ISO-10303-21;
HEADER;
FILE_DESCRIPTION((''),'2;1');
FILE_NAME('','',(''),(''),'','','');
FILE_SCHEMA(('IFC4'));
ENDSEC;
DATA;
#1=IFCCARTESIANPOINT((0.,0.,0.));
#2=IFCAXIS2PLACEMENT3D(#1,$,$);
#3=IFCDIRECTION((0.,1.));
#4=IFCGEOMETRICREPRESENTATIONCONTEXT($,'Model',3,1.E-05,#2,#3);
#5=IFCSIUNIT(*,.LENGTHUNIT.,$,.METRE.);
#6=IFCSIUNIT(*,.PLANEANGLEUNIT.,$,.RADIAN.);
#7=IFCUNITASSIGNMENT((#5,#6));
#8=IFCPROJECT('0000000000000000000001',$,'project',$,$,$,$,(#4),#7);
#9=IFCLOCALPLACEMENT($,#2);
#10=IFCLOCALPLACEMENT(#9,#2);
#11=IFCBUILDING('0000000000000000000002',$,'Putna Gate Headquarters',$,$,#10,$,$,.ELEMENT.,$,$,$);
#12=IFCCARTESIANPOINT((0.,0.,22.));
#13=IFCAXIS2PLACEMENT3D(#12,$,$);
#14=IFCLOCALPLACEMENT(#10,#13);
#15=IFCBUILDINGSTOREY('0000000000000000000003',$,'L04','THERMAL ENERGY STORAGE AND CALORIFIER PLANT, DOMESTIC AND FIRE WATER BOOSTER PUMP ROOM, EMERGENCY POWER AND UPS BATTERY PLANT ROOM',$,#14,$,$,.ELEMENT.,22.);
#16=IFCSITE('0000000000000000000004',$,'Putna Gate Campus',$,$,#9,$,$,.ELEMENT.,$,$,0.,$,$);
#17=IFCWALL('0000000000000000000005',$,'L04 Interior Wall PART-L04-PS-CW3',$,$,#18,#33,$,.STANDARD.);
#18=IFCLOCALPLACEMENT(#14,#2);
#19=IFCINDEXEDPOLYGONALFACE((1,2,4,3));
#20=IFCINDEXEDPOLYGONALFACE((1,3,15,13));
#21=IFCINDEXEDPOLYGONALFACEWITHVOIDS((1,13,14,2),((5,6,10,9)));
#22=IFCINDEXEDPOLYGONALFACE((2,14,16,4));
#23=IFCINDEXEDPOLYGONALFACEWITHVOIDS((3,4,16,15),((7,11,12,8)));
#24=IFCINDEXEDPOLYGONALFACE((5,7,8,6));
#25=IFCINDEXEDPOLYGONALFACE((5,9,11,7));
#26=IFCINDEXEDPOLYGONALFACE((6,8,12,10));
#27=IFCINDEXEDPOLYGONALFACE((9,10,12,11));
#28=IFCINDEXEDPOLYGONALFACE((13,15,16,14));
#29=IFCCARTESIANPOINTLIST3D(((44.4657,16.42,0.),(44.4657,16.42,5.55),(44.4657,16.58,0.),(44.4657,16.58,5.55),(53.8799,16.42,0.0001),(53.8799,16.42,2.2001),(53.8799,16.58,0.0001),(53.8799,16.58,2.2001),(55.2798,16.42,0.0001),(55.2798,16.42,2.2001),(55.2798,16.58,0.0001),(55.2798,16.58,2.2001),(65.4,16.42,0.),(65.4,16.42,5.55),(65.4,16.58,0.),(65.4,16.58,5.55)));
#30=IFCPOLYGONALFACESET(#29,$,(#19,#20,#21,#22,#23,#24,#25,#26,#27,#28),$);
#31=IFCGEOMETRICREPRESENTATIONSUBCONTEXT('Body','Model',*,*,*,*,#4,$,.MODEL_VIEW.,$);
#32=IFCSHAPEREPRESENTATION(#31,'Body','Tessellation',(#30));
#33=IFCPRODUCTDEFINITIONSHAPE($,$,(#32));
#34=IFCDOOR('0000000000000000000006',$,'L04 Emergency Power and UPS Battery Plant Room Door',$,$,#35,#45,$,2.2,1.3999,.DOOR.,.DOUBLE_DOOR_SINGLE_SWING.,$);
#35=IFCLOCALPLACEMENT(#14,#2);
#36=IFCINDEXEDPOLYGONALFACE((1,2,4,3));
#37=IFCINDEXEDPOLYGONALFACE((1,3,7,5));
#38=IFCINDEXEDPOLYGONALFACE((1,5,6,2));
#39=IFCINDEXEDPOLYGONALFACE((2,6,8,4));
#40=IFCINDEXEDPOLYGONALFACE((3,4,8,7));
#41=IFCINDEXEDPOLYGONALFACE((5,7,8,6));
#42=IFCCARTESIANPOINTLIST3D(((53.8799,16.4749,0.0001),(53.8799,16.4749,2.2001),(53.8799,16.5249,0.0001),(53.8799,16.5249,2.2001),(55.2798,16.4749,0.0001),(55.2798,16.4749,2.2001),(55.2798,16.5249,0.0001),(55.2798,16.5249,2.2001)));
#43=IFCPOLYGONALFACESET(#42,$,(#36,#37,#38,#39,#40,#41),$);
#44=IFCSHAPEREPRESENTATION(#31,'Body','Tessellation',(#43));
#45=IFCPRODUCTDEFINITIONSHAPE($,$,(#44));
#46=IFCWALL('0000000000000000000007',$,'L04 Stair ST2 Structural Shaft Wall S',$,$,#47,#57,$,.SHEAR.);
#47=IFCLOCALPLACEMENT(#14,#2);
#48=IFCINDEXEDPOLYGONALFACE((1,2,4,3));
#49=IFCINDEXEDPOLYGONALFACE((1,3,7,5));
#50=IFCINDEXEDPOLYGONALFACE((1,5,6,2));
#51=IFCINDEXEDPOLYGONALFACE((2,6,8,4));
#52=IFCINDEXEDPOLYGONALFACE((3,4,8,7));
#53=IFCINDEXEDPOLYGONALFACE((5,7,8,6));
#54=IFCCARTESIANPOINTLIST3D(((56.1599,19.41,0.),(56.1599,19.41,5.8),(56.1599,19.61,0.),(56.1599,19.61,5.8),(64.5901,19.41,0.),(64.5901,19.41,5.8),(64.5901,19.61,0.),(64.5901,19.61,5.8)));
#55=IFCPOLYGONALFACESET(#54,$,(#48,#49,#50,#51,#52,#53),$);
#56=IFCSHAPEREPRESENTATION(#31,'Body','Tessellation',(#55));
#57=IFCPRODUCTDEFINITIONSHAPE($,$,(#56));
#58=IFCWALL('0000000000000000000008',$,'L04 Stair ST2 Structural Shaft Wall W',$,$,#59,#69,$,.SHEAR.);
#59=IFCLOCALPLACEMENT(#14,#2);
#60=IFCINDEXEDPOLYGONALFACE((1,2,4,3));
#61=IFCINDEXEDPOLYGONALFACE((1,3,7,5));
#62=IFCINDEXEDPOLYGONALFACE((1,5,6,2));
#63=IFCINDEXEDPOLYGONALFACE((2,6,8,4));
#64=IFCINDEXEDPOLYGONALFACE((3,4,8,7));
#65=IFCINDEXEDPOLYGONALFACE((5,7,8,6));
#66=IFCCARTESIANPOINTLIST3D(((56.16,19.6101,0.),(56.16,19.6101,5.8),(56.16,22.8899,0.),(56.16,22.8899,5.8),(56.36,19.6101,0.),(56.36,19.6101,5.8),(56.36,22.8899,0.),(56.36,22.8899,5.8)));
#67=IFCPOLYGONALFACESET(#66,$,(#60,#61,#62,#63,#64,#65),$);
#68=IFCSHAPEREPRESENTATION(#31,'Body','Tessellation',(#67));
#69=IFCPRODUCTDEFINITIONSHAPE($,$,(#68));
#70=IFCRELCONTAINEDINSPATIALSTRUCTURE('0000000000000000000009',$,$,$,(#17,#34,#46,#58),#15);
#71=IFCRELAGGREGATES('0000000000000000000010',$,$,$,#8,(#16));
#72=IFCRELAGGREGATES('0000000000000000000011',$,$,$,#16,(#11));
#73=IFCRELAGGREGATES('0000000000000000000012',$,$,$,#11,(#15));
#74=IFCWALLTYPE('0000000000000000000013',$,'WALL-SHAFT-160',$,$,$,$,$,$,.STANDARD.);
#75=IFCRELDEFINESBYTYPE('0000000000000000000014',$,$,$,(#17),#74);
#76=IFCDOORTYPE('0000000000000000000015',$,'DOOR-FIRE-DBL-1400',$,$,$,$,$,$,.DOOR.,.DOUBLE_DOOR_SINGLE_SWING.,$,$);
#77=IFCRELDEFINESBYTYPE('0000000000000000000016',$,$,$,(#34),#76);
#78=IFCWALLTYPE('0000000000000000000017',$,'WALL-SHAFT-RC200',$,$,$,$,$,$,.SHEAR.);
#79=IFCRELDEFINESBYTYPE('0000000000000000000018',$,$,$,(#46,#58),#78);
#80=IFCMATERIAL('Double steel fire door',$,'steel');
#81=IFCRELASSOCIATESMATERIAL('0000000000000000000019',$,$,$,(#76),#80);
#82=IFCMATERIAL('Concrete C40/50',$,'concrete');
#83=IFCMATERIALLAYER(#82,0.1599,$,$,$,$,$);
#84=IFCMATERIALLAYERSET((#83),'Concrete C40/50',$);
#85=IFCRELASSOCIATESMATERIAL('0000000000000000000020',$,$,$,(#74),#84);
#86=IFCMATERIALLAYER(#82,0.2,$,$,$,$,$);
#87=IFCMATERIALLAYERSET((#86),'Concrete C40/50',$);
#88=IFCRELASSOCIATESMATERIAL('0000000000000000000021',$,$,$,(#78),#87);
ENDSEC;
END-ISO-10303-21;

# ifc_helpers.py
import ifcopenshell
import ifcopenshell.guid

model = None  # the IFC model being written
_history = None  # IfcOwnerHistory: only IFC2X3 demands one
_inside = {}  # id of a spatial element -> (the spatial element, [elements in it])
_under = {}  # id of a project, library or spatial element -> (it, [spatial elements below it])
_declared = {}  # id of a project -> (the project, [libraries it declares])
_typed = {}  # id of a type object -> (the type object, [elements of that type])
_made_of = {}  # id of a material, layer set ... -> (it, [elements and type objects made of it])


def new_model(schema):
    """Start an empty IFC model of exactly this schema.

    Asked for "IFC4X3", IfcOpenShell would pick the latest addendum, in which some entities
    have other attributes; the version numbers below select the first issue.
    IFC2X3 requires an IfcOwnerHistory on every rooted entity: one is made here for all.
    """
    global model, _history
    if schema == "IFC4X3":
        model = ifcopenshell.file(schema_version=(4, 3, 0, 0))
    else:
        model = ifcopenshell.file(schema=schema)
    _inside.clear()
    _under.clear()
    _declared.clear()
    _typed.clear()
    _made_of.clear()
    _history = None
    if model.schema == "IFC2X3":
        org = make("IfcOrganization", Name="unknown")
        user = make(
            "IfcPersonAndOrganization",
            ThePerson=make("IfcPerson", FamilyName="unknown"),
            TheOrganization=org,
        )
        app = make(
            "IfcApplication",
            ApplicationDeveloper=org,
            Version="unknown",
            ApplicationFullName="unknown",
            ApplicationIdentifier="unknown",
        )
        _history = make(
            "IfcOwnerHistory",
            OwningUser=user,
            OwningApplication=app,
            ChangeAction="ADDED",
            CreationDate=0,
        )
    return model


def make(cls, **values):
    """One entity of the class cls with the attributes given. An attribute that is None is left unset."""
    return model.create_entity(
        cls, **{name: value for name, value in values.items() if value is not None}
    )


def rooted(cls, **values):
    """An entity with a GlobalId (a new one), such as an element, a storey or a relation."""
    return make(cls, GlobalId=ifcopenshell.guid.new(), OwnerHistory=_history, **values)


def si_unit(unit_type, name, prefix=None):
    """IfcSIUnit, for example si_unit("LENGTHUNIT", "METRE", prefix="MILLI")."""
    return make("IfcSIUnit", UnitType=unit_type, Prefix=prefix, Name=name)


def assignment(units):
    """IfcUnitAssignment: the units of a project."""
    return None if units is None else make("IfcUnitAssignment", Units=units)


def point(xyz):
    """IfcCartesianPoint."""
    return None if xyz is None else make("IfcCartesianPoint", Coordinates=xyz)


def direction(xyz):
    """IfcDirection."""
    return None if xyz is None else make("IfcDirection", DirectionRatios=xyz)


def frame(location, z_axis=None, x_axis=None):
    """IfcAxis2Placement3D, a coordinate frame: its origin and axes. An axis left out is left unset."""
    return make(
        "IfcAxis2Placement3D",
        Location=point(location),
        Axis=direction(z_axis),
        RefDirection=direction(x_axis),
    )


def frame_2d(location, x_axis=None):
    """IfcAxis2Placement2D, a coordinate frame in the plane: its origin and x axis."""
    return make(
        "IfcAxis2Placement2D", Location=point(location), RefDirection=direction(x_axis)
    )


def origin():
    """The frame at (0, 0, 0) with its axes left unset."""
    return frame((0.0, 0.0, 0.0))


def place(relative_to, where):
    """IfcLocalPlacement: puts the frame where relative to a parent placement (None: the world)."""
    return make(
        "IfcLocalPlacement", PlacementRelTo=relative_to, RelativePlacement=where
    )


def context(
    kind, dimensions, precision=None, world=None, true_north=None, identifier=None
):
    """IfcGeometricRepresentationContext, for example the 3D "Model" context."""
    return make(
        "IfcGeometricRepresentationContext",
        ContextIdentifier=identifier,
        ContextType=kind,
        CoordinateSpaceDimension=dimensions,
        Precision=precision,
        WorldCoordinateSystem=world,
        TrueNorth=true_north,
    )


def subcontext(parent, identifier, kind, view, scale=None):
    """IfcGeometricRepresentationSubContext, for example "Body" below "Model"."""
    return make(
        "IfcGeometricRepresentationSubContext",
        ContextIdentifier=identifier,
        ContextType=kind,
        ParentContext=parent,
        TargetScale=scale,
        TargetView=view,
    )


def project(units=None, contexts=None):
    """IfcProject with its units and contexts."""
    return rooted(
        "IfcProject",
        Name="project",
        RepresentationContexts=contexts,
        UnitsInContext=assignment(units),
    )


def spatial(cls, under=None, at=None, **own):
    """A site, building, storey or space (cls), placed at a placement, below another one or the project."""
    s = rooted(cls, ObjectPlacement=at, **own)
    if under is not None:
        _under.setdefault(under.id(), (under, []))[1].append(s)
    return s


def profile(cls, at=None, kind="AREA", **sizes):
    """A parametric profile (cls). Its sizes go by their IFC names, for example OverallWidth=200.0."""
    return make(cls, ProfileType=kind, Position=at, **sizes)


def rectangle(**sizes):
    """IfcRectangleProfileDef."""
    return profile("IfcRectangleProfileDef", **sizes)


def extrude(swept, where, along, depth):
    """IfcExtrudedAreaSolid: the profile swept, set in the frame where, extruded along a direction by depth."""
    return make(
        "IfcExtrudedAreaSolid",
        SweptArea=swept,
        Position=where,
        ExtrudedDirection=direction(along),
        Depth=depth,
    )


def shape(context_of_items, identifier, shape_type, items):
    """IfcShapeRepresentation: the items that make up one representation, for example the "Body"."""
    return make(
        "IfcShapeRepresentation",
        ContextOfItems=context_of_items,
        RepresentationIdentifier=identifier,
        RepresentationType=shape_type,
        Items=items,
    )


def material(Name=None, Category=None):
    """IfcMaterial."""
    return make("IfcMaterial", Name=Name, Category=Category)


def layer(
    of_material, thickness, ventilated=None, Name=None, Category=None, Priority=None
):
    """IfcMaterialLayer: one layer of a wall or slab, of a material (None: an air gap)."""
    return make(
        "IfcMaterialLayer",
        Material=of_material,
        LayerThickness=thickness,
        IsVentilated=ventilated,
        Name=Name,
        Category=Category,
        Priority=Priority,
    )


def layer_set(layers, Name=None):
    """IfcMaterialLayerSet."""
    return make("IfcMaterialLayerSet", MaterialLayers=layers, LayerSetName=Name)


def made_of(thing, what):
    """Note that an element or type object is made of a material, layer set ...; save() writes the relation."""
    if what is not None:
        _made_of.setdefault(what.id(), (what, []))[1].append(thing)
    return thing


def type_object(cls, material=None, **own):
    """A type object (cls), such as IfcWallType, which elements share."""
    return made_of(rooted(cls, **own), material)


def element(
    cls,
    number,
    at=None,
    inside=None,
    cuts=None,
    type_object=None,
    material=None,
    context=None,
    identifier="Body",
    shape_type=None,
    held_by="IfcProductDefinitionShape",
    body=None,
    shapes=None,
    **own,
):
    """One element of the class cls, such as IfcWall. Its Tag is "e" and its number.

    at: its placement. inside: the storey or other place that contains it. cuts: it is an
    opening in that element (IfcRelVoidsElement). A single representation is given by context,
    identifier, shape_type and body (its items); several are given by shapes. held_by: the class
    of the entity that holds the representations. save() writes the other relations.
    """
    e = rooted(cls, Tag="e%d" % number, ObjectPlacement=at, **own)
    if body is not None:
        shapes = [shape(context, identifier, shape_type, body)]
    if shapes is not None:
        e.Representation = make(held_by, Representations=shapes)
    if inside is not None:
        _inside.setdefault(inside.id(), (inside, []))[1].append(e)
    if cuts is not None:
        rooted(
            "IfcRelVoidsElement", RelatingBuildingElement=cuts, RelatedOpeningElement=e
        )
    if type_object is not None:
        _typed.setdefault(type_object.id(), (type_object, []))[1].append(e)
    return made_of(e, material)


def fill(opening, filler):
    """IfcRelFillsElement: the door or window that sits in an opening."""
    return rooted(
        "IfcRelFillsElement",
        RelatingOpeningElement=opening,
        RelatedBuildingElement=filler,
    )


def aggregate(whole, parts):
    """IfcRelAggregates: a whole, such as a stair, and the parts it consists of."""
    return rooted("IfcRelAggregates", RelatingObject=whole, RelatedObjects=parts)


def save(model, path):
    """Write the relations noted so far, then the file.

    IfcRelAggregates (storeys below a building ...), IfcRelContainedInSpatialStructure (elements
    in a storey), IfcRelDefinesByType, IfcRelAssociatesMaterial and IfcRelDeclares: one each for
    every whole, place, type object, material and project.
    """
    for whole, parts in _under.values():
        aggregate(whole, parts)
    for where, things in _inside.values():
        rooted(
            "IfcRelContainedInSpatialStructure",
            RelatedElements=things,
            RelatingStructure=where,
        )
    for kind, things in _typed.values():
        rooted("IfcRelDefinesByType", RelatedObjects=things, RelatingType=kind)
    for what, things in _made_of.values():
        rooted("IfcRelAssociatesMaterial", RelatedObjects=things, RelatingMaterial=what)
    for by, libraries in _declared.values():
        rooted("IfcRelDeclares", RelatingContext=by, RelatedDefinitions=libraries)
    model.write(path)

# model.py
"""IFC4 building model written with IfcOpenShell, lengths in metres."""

from ifc_helpers import new_model, si_unit, direction, frame, frame_2d, origin, place, context, subcontext, project, spatial, rectangle, extrude, material, layer, layer_set, type_object, element, fill, save


model = new_model("IFC4")

# Units and contexts
model_context = context("Model", 3, precision=1e-05, world=origin(), true_north=direction((0.0, 1.0)))
body_context = subcontext(model_context, "Body", "Model", "MODEL_VIEW")
ifc_project = project(units=[si_unit("LENGTHUNIT", "METRE"), si_unit("PLANEANGLEUNIT", "RADIAN")], contexts=[model_context])

# Site, building, storey
site_placement = place(None, origin())
site = spatial("IfcSite", under=ifc_project, at=site_placement, Name="Putna Gate Campus", CompositionType="ELEMENT", RefElevation=0.0)
building_placement = place(site_placement, origin())
building = spatial("IfcBuilding", under=site, at=building_placement, Name="Putna Gate Headquarters", CompositionType="ELEMENT")
storey_placement = place(building_placement, frame((0.0, 0.0, 22.0)))
storey = spatial("IfcBuildingStorey", under=building, at=storey_placement, Name="L04", Description="THERMAL ENERGY STORAGE AND CALORIFIER PLANT, DOMESTIC AND FIRE WATER BOOSTER PUMP ROOM, EMERGENCY POWER AND UPS BATTERY PLANT ROOM", CompositionType="ELEMENT", Elevation=22.0)

# Shared definitions
ifc_material_1 = material(Name="Double steel fire door", Category="steel")
door_type_1 = type_object("IfcDoorType", Name="DOOR-FIRE-DBL-1400", OperationType="DOUBLE_DOOR_SINGLE_SWING", PredefinedType="DOOR", material=ifc_material_1)

# Shared definitions
ifc_material_2 = material(Name="Concrete C40/50", Category="concrete")
ifc_layer_1 = layer(ifc_material_2, 0.1599)
ifc_layer_set_1 = layer_set([ifc_layer_1], Name="Concrete C40/50")
wall_type_1 = type_object("IfcWallType", Name="WALL-SHAFT-160", PredefinedType="STANDARD", material=ifc_layer_set_1)

# Wall, opening, door
wall_1_placement = place(storey_placement, frame((44.4656, 16.5, 0.0), z_axis=(0.0, 0.0, 1.0), x_axis=(1.0, 0.0, 0.0)))
wall_1 = element("IfcWall", 1, at=wall_1_placement, inside=storey, type_object=wall_type_1, Name="L04 Interior Wall PART-L04-PS-CW3", PredefinedType="STANDARD", context=body_context, shape_type="SweptSolid", body=[
    extrude(rectangle(XDim=20.9343, YDim=0.1599, at=frame_2d((10.4673, 0.0))), origin(), (0.0, 0.0, 1.0), 5.55),
])
opening_1_placement = place(wall_1_placement, frame((9.4143, 0.0, 0.0)))
opening_1 = element("IfcOpeningElement", 2, at=opening_1_placement, cuts=wall_1, PredefinedType="OPENING", context=body_context, shape_type="SweptSolid", body=[
    extrude(rectangle(XDim=1.3999, YDim=2.2, at=frame_2d((0.7, 1.1001))), frame((0.0, 0.0898, 0.0), z_axis=(0.0, -1.0, 0.0), x_axis=(1.0, 0.0, 0.0)), (0.0, 0.0, 1.0), 0.1799),
])
door_1_placement = place(opening_1_placement, origin())
door_1 = element("IfcDoor", 3, at=door_1_placement, inside=storey, type_object=door_type_1, Name="L04 Emergency Power and UPS Battery Plant Room Door", OperationType="DOUBLE_DOOR_SINGLE_SWING", OverallHeight=2.2, OverallWidth=1.3999, PredefinedType="DOOR", context=body_context, shape_type="SweptSolid", body=[
    extrude(rectangle(XDim=1.3999, YDim=2.2, at=frame_2d((0.7, 1.1001))), frame((0.0, 0.0249, 0.0), z_axis=(0.0, -1.0, 0.0), x_axis=(1.0, 0.0, 0.0)), (0.0, 0.0, 1.0), 0.05),
])
fill(opening_1, door_1)

# Walls
ifc_layer_2 = layer(ifc_material_2, 0.2)
ifc_layer_set_2 = layer_set([ifc_layer_2], Name="Concrete C40/50")
wall_type_2 = type_object("IfcWallType", Name="WALL-SHAFT-RC200", PredefinedType="SHEAR", material=ifc_layer_set_2)
wall_2_placement = place(storey_placement, frame((56.1599, 19.51, 0.0), z_axis=(0.0, 0.0, 1.0), x_axis=(1.0, 0.0, 0.0)))
element("IfcWall", 4, at=wall_2_placement, inside=storey, type_object=wall_type_2, Name="L04 Stair ST2 Structural Shaft Wall S", PredefinedType="SHEAR", context=body_context, shape_type="SweptSolid", body=[
    extrude(rectangle(XDim=8.4302, YDim=0.2, at=frame_2d((4.2151, 0.0))), origin(), (0.0, 0.0, 1.0), 5.8),
])
wall_3_placement = place(storey_placement, frame((56.26, 19.6101, 0.0), z_axis=(0.0, 0.0, 1.0), x_axis=(0.0, 1.0, 0.0)))
element("IfcWall", 5, at=wall_3_placement, inside=storey, type_object=wall_type_2, Name="L04 Stair ST2 Structural Shaft Wall W", PredefinedType="SHEAR", context=body_context, shape_type="SweptSolid", body=[
    extrude(rectangle(XDim=3.2798, YDim=0.2, at=frame_2d((1.6399, 0.0))), origin(), (0.0, 0.0, 1.0), 5.8),
])

save(model, "model.ifc")
